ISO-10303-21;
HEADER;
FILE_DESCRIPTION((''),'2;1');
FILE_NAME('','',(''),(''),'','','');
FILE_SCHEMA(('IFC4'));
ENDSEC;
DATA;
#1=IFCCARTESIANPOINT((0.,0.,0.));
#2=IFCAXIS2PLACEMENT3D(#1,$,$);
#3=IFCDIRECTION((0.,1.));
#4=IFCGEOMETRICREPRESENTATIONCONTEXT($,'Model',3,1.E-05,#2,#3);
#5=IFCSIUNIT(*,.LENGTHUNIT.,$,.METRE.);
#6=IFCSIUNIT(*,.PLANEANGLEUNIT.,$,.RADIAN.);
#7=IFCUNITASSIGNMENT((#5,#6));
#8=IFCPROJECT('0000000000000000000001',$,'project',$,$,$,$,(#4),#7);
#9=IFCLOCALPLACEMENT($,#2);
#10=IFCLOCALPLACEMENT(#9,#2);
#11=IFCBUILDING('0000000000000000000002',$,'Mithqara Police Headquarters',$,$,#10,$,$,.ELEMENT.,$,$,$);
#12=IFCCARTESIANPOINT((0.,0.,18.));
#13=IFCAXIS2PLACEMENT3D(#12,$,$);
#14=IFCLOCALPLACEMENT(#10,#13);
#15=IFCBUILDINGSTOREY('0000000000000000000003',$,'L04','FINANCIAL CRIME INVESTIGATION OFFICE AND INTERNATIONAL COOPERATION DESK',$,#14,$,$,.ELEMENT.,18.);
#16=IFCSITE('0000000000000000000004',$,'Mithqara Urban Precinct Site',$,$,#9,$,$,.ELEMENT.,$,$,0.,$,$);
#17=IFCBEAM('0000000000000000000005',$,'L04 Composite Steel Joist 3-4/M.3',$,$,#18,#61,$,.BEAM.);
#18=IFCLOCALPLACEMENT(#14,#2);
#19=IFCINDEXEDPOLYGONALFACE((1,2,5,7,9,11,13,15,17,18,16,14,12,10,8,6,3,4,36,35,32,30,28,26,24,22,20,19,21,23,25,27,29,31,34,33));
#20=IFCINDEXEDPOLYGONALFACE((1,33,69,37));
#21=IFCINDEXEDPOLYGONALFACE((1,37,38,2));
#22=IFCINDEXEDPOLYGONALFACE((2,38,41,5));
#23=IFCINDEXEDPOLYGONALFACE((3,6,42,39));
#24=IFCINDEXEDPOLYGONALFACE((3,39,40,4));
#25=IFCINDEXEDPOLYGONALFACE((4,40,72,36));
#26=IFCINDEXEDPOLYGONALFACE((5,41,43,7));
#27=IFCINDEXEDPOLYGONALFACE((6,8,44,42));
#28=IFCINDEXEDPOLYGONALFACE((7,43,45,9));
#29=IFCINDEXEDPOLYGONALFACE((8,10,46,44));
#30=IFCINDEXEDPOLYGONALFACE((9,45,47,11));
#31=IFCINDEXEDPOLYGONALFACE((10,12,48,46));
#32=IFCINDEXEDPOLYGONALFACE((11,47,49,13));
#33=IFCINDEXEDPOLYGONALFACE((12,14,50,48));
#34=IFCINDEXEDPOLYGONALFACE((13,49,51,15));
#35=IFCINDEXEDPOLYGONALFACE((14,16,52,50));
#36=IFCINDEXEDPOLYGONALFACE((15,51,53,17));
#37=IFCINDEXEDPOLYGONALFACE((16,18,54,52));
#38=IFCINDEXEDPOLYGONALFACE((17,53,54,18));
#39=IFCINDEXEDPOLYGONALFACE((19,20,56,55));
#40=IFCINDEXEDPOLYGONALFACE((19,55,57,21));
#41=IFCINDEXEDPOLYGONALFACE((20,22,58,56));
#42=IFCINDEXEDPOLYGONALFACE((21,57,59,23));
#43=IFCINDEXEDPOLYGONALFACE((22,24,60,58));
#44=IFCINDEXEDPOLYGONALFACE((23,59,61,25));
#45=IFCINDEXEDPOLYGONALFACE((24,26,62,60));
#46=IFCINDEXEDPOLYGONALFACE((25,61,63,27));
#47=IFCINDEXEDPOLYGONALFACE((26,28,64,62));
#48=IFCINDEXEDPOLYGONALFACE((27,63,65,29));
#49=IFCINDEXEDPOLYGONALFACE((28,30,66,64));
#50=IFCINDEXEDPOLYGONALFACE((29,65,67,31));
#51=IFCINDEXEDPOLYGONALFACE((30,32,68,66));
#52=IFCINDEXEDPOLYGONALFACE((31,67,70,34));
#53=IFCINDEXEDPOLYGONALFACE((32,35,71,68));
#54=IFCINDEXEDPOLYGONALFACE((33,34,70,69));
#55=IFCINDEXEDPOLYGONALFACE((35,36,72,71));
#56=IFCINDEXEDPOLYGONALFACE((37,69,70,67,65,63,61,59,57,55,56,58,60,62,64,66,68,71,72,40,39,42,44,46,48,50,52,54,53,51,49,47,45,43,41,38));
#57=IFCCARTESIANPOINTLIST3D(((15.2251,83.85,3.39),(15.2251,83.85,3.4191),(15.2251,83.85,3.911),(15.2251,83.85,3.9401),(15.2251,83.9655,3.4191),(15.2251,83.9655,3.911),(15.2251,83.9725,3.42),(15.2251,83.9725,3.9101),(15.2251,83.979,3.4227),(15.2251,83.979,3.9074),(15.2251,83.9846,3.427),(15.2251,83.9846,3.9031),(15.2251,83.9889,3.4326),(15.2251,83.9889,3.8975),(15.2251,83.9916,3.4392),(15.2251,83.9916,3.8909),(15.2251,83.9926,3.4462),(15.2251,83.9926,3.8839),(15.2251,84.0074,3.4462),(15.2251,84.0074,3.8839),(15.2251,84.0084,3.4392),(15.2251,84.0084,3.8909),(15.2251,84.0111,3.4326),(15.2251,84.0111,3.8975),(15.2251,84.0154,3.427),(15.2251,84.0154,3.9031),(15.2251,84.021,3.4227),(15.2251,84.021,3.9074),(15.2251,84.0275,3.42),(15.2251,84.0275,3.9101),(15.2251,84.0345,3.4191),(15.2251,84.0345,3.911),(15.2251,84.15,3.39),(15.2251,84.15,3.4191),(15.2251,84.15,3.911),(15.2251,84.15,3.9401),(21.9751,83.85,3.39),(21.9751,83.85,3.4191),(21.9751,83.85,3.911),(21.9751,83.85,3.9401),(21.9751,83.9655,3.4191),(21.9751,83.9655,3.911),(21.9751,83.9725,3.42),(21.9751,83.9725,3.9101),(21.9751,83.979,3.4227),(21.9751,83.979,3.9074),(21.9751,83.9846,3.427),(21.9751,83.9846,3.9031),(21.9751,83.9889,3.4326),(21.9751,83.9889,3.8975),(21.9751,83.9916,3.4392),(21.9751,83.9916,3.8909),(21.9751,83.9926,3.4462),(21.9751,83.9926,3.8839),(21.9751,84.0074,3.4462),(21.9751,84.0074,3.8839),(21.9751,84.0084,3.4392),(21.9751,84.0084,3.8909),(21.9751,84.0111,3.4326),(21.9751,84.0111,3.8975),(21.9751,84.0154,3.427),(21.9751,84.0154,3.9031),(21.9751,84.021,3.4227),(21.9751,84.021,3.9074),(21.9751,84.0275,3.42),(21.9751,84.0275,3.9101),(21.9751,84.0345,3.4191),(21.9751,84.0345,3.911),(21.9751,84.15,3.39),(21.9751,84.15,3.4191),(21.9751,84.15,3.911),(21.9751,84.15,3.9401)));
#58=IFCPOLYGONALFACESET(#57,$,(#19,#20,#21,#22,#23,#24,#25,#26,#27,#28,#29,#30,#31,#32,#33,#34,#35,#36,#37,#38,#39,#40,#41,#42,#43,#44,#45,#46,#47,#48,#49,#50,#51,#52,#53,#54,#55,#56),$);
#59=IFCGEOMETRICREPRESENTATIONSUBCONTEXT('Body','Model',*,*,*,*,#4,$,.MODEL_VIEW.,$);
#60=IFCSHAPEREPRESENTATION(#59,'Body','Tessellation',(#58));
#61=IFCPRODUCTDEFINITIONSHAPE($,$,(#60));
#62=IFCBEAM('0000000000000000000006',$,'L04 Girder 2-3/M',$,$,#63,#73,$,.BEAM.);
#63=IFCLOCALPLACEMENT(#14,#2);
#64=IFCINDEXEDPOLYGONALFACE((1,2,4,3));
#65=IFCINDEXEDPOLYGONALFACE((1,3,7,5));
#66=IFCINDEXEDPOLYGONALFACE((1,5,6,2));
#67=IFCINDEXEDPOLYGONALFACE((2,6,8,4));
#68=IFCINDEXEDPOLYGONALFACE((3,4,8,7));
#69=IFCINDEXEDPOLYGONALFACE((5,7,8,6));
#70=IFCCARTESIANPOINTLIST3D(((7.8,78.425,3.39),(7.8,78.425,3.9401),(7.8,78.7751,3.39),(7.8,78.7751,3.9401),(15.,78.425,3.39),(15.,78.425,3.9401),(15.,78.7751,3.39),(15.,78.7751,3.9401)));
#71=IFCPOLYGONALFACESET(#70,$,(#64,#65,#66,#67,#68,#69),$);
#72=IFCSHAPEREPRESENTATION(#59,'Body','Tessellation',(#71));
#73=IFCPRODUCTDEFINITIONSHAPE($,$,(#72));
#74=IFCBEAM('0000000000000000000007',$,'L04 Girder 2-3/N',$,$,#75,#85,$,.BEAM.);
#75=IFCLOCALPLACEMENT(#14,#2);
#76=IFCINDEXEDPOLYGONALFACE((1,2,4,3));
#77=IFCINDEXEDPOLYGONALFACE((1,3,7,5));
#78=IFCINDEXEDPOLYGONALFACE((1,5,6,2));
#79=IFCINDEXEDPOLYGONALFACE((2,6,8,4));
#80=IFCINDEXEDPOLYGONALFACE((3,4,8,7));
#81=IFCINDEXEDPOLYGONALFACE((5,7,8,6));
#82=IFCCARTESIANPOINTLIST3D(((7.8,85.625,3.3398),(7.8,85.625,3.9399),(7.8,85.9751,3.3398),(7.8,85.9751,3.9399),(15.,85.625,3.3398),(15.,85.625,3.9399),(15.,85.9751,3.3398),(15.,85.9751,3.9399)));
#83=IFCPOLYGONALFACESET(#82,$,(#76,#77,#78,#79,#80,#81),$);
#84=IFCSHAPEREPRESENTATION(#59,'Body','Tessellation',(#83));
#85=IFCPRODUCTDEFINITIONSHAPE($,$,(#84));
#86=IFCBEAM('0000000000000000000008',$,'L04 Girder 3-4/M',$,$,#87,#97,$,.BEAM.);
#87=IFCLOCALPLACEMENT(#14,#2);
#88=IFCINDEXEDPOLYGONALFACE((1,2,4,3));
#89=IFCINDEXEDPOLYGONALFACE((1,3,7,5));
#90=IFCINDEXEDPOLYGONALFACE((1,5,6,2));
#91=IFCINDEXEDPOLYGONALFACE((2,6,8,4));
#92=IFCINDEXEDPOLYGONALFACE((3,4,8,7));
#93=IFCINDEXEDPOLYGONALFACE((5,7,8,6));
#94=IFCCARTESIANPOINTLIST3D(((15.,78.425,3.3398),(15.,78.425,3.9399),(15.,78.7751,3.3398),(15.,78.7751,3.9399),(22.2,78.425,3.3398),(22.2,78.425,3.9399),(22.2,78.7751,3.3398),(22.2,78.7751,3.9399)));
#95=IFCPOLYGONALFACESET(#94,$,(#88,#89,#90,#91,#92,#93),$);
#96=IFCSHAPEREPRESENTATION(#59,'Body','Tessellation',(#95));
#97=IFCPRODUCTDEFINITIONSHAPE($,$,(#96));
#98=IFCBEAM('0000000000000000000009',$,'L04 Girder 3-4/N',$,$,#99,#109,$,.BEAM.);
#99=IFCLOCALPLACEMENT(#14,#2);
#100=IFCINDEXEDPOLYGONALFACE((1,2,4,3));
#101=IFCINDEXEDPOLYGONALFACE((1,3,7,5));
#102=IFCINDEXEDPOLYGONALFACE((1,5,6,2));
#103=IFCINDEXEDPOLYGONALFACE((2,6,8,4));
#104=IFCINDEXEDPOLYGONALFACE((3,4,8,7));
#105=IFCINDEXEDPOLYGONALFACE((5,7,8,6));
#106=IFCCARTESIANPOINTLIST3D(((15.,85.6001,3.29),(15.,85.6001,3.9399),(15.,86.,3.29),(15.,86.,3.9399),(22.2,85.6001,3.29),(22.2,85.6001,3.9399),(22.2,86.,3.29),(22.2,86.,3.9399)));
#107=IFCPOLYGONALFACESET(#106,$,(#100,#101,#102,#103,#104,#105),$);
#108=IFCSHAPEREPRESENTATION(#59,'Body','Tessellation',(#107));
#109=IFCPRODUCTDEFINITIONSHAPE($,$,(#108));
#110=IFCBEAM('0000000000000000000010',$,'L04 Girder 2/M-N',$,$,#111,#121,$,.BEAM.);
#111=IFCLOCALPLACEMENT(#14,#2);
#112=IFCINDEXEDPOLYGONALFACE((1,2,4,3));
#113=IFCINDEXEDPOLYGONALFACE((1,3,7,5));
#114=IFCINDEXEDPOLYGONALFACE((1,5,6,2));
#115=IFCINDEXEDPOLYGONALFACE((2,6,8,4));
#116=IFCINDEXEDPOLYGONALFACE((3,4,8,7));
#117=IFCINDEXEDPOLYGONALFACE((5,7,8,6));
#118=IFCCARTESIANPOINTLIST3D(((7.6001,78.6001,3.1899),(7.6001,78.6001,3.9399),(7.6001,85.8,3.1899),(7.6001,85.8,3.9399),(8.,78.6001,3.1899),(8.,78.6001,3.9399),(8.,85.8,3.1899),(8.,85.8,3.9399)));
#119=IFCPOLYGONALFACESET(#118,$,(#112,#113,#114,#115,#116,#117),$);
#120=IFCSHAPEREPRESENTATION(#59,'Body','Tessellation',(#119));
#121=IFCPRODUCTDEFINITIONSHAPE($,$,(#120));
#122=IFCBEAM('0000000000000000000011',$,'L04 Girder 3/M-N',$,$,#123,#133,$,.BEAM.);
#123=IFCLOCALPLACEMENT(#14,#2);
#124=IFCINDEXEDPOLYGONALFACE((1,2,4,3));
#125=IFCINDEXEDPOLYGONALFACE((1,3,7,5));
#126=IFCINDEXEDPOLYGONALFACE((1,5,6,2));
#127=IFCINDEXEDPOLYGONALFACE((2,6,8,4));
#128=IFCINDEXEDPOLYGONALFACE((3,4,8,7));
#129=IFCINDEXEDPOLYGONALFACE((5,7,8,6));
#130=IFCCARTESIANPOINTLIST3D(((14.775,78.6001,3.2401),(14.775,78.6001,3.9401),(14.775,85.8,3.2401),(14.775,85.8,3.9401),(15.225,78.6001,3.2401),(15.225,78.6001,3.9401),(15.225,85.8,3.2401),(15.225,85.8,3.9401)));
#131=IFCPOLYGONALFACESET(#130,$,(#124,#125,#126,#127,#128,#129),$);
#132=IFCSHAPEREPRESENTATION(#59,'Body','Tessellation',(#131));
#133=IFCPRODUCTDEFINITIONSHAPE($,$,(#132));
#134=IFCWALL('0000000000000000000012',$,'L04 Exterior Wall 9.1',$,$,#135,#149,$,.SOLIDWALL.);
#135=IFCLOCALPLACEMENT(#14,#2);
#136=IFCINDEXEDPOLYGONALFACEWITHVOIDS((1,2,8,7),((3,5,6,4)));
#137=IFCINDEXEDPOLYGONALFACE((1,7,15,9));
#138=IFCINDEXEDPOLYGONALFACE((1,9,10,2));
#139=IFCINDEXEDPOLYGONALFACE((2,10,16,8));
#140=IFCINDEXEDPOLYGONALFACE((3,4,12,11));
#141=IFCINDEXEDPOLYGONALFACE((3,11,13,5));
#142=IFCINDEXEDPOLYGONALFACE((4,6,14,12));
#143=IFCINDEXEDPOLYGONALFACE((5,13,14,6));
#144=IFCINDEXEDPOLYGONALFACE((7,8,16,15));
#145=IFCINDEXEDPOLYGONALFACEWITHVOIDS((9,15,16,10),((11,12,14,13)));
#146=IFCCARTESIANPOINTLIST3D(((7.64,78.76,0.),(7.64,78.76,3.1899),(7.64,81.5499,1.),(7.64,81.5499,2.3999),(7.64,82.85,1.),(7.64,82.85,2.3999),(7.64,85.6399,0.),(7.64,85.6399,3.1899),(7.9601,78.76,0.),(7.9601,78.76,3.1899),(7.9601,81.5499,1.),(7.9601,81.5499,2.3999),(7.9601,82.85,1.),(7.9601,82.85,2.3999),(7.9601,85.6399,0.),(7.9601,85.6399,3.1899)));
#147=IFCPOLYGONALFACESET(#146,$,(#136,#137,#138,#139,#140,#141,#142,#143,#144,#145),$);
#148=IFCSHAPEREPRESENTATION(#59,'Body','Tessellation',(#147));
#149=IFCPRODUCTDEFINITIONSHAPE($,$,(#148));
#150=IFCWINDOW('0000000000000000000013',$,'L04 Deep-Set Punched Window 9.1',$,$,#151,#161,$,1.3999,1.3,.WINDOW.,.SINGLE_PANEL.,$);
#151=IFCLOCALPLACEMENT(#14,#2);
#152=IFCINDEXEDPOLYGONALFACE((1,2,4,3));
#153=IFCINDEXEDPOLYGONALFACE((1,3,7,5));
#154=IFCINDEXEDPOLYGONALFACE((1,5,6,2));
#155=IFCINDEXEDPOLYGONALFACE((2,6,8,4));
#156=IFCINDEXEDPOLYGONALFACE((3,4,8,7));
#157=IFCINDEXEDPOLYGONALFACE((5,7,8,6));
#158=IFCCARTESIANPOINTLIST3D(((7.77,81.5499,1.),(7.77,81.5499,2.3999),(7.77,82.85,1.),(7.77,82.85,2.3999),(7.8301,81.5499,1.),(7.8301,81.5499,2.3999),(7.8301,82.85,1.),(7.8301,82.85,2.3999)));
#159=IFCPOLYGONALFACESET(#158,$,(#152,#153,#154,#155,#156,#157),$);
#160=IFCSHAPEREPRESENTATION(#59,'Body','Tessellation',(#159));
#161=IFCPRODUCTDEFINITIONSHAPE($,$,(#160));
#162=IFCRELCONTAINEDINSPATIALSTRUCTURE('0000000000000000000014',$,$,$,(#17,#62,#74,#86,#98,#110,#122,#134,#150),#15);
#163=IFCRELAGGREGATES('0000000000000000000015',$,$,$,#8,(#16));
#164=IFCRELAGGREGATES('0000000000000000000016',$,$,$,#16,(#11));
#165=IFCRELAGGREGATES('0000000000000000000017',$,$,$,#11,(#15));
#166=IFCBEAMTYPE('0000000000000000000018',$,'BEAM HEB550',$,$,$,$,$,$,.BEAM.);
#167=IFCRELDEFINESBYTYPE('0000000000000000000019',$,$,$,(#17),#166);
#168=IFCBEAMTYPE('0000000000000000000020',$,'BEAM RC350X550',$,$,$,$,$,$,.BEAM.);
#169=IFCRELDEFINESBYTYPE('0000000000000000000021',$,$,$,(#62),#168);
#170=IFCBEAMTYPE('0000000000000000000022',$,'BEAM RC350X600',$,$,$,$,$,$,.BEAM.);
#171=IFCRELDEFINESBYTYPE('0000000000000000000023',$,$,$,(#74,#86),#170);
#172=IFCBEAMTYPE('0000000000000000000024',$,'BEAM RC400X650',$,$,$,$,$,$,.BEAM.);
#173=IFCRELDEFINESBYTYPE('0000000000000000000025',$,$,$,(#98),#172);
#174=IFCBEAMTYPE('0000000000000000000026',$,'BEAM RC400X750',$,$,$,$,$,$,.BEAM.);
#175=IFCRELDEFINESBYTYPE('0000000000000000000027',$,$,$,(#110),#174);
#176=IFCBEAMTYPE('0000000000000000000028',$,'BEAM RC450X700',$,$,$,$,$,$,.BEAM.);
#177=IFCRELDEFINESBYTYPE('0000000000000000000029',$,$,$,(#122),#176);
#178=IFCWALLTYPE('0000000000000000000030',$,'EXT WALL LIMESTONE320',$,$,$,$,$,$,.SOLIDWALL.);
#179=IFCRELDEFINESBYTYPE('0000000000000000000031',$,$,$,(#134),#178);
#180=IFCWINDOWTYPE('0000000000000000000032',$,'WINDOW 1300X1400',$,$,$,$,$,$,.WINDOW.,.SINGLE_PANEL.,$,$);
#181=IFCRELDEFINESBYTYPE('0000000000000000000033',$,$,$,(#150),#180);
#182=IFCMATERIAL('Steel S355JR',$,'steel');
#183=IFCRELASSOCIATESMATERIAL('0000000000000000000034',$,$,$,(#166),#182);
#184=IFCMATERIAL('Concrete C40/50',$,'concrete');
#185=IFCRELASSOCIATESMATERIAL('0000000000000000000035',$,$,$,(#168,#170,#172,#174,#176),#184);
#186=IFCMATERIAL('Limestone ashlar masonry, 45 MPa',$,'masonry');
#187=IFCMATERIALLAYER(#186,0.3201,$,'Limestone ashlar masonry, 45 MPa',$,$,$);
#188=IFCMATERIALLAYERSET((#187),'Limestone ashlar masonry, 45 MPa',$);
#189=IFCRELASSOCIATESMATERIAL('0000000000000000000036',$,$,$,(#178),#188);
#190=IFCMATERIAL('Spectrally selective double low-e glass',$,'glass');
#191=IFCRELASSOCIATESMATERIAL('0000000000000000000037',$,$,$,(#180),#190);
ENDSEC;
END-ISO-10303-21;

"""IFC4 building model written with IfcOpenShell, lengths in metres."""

from ifc_helpers import new_model, si_unit, direction, frame, frame_2d, origin, origin_2d, place, context, subcontext, project, spatial, rectangle, i_section, extrude, material, layer, layer_set, material_profile, profile_set, type_object, element, fill, save


model = new_model("IFC4")

# Units and contexts
model_context = context("Model", 3, precision=1e-05, world=origin(), true_north=direction((0.0, 1.0)))
body_context = subcontext(model_context, "Body", "Model", "MODEL_VIEW")
ifc_project = project(units=[si_unit("LENGTHUNIT", "METRE"), si_unit("PLANEANGLEUNIT", "RADIAN")], contexts=[model_context])

# Site, building, storey
site_placement = place(None, origin())
site = spatial("IfcSite", under=ifc_project, at=site_placement, Name="Mithqara Urban Precinct Site", CompositionType="ELEMENT", RefElevation=0.0)
building_placement = place(site_placement, origin())
building = spatial("IfcBuilding", under=site, at=building_placement, Name="Mithqara Police Headquarters", CompositionType="ELEMENT")
storey_placement = place(building_placement, frame((0.0, 0.0, 18.0)))
storey = spatial("IfcBuildingStorey", under=building, at=storey_placement, Name="L04", Description="FINANCIAL CRIME INVESTIGATION OFFICE AND INTERNATIONAL COOPERATION DESK", CompositionType="ELEMENT", Elevation=18.0)

# Beams
ifc_material_1 = material(Name="Steel S355JR", Category="steel")
ifc_material_profile_1 = material_profile(ifc_material_1, i_section(OverallWidth=0.3, OverallDepth=0.55, WebThickness=0.0149, FlangeThickness=0.0291, FilletRadius=0.0271, at=origin_2d()), Name="HEB 550")
ifc_profile_set_1 = profile_set([ifc_material_profile_1], Name="Steel S355JR")
beam_type_1 = type_object("IfcBeamType", Name="BEAM HEB550", PredefinedType="BEAM", material=ifc_profile_set_1)
for number, where, z_axis, x_axis, name in (
    (1, (15.2251, 84.0, 3.665), (1.0, 0.0, 0.0), (0.0, 1.0, 0.0), "L04 Composite Steel Joist 3-4/M.3"),
):
    element("IfcBeam", number, at=place(storey_placement, frame(where, z_axis=z_axis, x_axis=x_axis)), inside=storey, type_object=beam_type_1, Name=name, PredefinedType="BEAM", context=body_context, shape_type="SweptSolid", body=[
        extrude(i_section(OverallWidth=0.3, OverallDepth=0.55, WebThickness=0.0149, FlangeThickness=0.0291, FilletRadius=0.0271, at=origin_2d()), origin(), (0.0, 0.0, 1.0), 6.75),
    ])
ifc_material_2 = material(Name="Concrete C40/50", Category="concrete")
ifc_material_profile_2 = material_profile(ifc_material_2, rectangle(XDim=0.3501, YDim=0.55, at=origin_2d()), Name="RC 350x550")
ifc_profile_set_2 = profile_set([ifc_material_profile_2], Name="Concrete C40/50")
beam_type_2 = type_object("IfcBeamType", Name="BEAM RC350X550", PredefinedType="BEAM", material=ifc_profile_set_2)
beam_1_placement = place(storey_placement, frame((7.8, 78.6001, 3.665), z_axis=(1.0, 0.0, 0.0), x_axis=(0.0, 1.0, 0.0)))
element("IfcBeam", 2, at=beam_1_placement, inside=storey, type_object=beam_type_2, Name="L04 Girder 2-3/M", PredefinedType="BEAM", context=body_context, shape_type="SweptSolid", body=[
    extrude(rectangle(XDim=0.3501, YDim=0.55, at=origin_2d()), origin(), (0.0, 0.0, 1.0), 7.2),
])
ifc_material_profile_3 = material_profile(ifc_material_2, rectangle(XDim=0.3501, YDim=0.6001, at=origin_2d()), Name="RC 350x600")
ifc_profile_set_3 = profile_set([ifc_material_profile_3], Name="Concrete C40/50")
beam_type_3 = type_object("IfcBeamType", Name="BEAM RC350X600", PredefinedType="BEAM", material=ifc_profile_set_3)
for number, where, z_axis, x_axis, name in (
    (3, (7.8, 85.8, 3.6399), (1.0, 0.0, 0.0), (0.0, 1.0, 0.0), "L04 Girder 2-3/N"),
    (4, (15.0, 78.6001, 3.6399), (1.0, 0.0, 0.0), (0.0, 1.0, 0.0), "L04 Girder 3-4/M"),
):
    element("IfcBeam", number, at=place(storey_placement, frame(where, z_axis=z_axis, x_axis=x_axis)), inside=storey, type_object=beam_type_3, Name=name, PredefinedType="BEAM", context=body_context, shape_type="SweptSolid", body=[
        extrude(rectangle(XDim=0.3501, YDim=0.6001, at=origin_2d()), origin(), (0.0, 0.0, 1.0), 7.2),
    ])
ifc_material_profile_4 = material_profile(ifc_material_2, rectangle(XDim=0.3999, YDim=0.6499, at=origin_2d()), Name="RC 400x650")
ifc_profile_set_4 = profile_set([ifc_material_profile_4], Name="Concrete C40/50")
beam_type_4 = type_object("IfcBeamType", Name="BEAM RC400X650", PredefinedType="BEAM", material=ifc_profile_set_4)
beam_2_placement = place(storey_placement, frame((15.0, 85.8, 3.615), z_axis=(1.0, 0.0, 0.0), x_axis=(0.0, 1.0, 0.0)))
element("IfcBeam", 5, at=beam_2_placement, inside=storey, type_object=beam_type_4, Name="L04 Girder 3-4/N", PredefinedType="BEAM", context=body_context, shape_type="SweptSolid", body=[
    extrude(rectangle(XDim=0.3999, YDim=0.6499, at=origin_2d()), origin(), (0.0, 0.0, 1.0), 7.2),
])
ifc_material_profile_5 = material_profile(ifc_material_2, rectangle(XDim=0.3999, YDim=0.75, at=origin_2d()), Name="RC 400x750")
ifc_profile_set_5 = profile_set([ifc_material_profile_5], Name="Concrete C40/50")
beam_type_5 = type_object("IfcBeamType", Name="BEAM RC400X750", PredefinedType="BEAM", material=ifc_profile_set_5)
beam_3_placement = place(storey_placement, frame((7.8, 78.6001, 3.5649), z_axis=(0.0, 1.0, 0.0), x_axis=(-1.0, 0.0, 0.0)))
element("IfcBeam", 6, at=beam_3_placement, inside=storey, type_object=beam_type_5, Name="L04 Girder 2/M-N", PredefinedType="BEAM", context=body_context, shape_type="SweptSolid", body=[
    extrude(rectangle(XDim=0.3999, YDim=0.75, at=origin_2d()), origin(), (0.0, 0.0, 1.0), 7.2),
])
ifc_material_profile_6 = material_profile(ifc_material_2, rectangle(XDim=0.45, YDim=0.7, at=origin_2d()), Name="RC 450x700")
ifc_profile_set_6 = profile_set([ifc_material_profile_6], Name="Concrete C40/50")
beam_type_6 = type_object("IfcBeamType", Name="BEAM RC450X700", PredefinedType="BEAM", material=ifc_profile_set_6)
beam_4_placement = place(storey_placement, frame((15.0, 78.6001, 3.5901), z_axis=(0.0, 1.0, 0.0), x_axis=(-1.0, 0.0, 0.0)))
element("IfcBeam", 7, at=beam_4_placement, inside=storey, type_object=beam_type_6, Name="L04 Girder 3/M-N", PredefinedType="BEAM", context=body_context, shape_type="SweptSolid", body=[
    extrude(rectangle(XDim=0.45, YDim=0.7, at=origin_2d()), origin(), (0.0, 0.0, 1.0), 7.2),
])

# Wall, opening, window
ifc_material_3 = material(Name="Limestone ashlar masonry, 45 MPa", Category="masonry")
ifc_layer_1 = layer(ifc_material_3, 0.3201, Name="Limestone ashlar masonry, 45 MPa")
ifc_layer_set_1 = layer_set([ifc_layer_1], Name="Limestone ashlar masonry, 45 MPa")
wall_type_1 = type_object("IfcWallType", Name="EXT WALL LIMESTONE320", PredefinedType="SOLIDWALL", material=ifc_layer_set_1)
wall_1_placement = place(storey_placement, frame((7.8, 85.6399, 0.0), z_axis=(0.0, 0.0, 1.0), x_axis=(0.0, -1.0, 0.0)))
wall_1 = element("IfcWall", 8, at=wall_1_placement, inside=storey, type_object=wall_type_1, Name="L04 Exterior Wall 9.1", PredefinedType="SOLIDWALL", context=body_context, shape_type="SweptSolid", body=[
    extrude(rectangle(XDim=6.8799, YDim=0.3201, at=frame_2d((3.4399, 0.0))), origin(), (0.0, 0.0, 1.0), 3.1899),
])
opening_1_placement = place(wall_1_placement, frame((2.79, 0.0, 1.0)))
opening_1 = element("IfcOpeningElement", 9, at=opening_1_placement, cuts=wall_1, PredefinedType="OPENING", context=body_context, shape_type="SweptSolid", body=[
    extrude(rectangle(XDim=1.3, YDim=1.3999, at=frame_2d((0.6499, 0.7))), frame((0.0, 0.1699, 0.0), z_axis=(0.0, -1.0, 0.0), x_axis=(1.0, 0.0, 0.0)), (0.0, 0.0, 1.0), 0.3401),
])
ifc_material_4 = material(Name="Spectrally selective double low-e glass", Category="glass")
window_type_1 = type_object("IfcWindowType", Name="WINDOW 1300X1400", PartitioningType="SINGLE_PANEL", PredefinedType="WINDOW", material=ifc_material_4)
window_1_placement = place(opening_1_placement, origin())
window_1 = element("IfcWindow", 10, at=window_1_placement, inside=storey, type_object=window_type_1, Name="L04 Deep-Set Punched Window 9.1", OverallHeight=1.3999, OverallWidth=1.3, PartitioningType="SINGLE_PANEL", PredefinedType="WINDOW", context=body_context, shape_type="SweptSolid", body=[
    extrude(rectangle(XDim=1.3, YDim=1.3999, at=frame_2d((0.6499, 0.7))), frame((0.0, 0.03, 0.0), z_axis=(0.0, -1.0, 0.0), x_axis=(1.0, 0.0, 0.0)), (0.0, 0.0, 1.0), 0.0601),
])
fill(opening_1, window_1)

save(model, "model.ifc")
